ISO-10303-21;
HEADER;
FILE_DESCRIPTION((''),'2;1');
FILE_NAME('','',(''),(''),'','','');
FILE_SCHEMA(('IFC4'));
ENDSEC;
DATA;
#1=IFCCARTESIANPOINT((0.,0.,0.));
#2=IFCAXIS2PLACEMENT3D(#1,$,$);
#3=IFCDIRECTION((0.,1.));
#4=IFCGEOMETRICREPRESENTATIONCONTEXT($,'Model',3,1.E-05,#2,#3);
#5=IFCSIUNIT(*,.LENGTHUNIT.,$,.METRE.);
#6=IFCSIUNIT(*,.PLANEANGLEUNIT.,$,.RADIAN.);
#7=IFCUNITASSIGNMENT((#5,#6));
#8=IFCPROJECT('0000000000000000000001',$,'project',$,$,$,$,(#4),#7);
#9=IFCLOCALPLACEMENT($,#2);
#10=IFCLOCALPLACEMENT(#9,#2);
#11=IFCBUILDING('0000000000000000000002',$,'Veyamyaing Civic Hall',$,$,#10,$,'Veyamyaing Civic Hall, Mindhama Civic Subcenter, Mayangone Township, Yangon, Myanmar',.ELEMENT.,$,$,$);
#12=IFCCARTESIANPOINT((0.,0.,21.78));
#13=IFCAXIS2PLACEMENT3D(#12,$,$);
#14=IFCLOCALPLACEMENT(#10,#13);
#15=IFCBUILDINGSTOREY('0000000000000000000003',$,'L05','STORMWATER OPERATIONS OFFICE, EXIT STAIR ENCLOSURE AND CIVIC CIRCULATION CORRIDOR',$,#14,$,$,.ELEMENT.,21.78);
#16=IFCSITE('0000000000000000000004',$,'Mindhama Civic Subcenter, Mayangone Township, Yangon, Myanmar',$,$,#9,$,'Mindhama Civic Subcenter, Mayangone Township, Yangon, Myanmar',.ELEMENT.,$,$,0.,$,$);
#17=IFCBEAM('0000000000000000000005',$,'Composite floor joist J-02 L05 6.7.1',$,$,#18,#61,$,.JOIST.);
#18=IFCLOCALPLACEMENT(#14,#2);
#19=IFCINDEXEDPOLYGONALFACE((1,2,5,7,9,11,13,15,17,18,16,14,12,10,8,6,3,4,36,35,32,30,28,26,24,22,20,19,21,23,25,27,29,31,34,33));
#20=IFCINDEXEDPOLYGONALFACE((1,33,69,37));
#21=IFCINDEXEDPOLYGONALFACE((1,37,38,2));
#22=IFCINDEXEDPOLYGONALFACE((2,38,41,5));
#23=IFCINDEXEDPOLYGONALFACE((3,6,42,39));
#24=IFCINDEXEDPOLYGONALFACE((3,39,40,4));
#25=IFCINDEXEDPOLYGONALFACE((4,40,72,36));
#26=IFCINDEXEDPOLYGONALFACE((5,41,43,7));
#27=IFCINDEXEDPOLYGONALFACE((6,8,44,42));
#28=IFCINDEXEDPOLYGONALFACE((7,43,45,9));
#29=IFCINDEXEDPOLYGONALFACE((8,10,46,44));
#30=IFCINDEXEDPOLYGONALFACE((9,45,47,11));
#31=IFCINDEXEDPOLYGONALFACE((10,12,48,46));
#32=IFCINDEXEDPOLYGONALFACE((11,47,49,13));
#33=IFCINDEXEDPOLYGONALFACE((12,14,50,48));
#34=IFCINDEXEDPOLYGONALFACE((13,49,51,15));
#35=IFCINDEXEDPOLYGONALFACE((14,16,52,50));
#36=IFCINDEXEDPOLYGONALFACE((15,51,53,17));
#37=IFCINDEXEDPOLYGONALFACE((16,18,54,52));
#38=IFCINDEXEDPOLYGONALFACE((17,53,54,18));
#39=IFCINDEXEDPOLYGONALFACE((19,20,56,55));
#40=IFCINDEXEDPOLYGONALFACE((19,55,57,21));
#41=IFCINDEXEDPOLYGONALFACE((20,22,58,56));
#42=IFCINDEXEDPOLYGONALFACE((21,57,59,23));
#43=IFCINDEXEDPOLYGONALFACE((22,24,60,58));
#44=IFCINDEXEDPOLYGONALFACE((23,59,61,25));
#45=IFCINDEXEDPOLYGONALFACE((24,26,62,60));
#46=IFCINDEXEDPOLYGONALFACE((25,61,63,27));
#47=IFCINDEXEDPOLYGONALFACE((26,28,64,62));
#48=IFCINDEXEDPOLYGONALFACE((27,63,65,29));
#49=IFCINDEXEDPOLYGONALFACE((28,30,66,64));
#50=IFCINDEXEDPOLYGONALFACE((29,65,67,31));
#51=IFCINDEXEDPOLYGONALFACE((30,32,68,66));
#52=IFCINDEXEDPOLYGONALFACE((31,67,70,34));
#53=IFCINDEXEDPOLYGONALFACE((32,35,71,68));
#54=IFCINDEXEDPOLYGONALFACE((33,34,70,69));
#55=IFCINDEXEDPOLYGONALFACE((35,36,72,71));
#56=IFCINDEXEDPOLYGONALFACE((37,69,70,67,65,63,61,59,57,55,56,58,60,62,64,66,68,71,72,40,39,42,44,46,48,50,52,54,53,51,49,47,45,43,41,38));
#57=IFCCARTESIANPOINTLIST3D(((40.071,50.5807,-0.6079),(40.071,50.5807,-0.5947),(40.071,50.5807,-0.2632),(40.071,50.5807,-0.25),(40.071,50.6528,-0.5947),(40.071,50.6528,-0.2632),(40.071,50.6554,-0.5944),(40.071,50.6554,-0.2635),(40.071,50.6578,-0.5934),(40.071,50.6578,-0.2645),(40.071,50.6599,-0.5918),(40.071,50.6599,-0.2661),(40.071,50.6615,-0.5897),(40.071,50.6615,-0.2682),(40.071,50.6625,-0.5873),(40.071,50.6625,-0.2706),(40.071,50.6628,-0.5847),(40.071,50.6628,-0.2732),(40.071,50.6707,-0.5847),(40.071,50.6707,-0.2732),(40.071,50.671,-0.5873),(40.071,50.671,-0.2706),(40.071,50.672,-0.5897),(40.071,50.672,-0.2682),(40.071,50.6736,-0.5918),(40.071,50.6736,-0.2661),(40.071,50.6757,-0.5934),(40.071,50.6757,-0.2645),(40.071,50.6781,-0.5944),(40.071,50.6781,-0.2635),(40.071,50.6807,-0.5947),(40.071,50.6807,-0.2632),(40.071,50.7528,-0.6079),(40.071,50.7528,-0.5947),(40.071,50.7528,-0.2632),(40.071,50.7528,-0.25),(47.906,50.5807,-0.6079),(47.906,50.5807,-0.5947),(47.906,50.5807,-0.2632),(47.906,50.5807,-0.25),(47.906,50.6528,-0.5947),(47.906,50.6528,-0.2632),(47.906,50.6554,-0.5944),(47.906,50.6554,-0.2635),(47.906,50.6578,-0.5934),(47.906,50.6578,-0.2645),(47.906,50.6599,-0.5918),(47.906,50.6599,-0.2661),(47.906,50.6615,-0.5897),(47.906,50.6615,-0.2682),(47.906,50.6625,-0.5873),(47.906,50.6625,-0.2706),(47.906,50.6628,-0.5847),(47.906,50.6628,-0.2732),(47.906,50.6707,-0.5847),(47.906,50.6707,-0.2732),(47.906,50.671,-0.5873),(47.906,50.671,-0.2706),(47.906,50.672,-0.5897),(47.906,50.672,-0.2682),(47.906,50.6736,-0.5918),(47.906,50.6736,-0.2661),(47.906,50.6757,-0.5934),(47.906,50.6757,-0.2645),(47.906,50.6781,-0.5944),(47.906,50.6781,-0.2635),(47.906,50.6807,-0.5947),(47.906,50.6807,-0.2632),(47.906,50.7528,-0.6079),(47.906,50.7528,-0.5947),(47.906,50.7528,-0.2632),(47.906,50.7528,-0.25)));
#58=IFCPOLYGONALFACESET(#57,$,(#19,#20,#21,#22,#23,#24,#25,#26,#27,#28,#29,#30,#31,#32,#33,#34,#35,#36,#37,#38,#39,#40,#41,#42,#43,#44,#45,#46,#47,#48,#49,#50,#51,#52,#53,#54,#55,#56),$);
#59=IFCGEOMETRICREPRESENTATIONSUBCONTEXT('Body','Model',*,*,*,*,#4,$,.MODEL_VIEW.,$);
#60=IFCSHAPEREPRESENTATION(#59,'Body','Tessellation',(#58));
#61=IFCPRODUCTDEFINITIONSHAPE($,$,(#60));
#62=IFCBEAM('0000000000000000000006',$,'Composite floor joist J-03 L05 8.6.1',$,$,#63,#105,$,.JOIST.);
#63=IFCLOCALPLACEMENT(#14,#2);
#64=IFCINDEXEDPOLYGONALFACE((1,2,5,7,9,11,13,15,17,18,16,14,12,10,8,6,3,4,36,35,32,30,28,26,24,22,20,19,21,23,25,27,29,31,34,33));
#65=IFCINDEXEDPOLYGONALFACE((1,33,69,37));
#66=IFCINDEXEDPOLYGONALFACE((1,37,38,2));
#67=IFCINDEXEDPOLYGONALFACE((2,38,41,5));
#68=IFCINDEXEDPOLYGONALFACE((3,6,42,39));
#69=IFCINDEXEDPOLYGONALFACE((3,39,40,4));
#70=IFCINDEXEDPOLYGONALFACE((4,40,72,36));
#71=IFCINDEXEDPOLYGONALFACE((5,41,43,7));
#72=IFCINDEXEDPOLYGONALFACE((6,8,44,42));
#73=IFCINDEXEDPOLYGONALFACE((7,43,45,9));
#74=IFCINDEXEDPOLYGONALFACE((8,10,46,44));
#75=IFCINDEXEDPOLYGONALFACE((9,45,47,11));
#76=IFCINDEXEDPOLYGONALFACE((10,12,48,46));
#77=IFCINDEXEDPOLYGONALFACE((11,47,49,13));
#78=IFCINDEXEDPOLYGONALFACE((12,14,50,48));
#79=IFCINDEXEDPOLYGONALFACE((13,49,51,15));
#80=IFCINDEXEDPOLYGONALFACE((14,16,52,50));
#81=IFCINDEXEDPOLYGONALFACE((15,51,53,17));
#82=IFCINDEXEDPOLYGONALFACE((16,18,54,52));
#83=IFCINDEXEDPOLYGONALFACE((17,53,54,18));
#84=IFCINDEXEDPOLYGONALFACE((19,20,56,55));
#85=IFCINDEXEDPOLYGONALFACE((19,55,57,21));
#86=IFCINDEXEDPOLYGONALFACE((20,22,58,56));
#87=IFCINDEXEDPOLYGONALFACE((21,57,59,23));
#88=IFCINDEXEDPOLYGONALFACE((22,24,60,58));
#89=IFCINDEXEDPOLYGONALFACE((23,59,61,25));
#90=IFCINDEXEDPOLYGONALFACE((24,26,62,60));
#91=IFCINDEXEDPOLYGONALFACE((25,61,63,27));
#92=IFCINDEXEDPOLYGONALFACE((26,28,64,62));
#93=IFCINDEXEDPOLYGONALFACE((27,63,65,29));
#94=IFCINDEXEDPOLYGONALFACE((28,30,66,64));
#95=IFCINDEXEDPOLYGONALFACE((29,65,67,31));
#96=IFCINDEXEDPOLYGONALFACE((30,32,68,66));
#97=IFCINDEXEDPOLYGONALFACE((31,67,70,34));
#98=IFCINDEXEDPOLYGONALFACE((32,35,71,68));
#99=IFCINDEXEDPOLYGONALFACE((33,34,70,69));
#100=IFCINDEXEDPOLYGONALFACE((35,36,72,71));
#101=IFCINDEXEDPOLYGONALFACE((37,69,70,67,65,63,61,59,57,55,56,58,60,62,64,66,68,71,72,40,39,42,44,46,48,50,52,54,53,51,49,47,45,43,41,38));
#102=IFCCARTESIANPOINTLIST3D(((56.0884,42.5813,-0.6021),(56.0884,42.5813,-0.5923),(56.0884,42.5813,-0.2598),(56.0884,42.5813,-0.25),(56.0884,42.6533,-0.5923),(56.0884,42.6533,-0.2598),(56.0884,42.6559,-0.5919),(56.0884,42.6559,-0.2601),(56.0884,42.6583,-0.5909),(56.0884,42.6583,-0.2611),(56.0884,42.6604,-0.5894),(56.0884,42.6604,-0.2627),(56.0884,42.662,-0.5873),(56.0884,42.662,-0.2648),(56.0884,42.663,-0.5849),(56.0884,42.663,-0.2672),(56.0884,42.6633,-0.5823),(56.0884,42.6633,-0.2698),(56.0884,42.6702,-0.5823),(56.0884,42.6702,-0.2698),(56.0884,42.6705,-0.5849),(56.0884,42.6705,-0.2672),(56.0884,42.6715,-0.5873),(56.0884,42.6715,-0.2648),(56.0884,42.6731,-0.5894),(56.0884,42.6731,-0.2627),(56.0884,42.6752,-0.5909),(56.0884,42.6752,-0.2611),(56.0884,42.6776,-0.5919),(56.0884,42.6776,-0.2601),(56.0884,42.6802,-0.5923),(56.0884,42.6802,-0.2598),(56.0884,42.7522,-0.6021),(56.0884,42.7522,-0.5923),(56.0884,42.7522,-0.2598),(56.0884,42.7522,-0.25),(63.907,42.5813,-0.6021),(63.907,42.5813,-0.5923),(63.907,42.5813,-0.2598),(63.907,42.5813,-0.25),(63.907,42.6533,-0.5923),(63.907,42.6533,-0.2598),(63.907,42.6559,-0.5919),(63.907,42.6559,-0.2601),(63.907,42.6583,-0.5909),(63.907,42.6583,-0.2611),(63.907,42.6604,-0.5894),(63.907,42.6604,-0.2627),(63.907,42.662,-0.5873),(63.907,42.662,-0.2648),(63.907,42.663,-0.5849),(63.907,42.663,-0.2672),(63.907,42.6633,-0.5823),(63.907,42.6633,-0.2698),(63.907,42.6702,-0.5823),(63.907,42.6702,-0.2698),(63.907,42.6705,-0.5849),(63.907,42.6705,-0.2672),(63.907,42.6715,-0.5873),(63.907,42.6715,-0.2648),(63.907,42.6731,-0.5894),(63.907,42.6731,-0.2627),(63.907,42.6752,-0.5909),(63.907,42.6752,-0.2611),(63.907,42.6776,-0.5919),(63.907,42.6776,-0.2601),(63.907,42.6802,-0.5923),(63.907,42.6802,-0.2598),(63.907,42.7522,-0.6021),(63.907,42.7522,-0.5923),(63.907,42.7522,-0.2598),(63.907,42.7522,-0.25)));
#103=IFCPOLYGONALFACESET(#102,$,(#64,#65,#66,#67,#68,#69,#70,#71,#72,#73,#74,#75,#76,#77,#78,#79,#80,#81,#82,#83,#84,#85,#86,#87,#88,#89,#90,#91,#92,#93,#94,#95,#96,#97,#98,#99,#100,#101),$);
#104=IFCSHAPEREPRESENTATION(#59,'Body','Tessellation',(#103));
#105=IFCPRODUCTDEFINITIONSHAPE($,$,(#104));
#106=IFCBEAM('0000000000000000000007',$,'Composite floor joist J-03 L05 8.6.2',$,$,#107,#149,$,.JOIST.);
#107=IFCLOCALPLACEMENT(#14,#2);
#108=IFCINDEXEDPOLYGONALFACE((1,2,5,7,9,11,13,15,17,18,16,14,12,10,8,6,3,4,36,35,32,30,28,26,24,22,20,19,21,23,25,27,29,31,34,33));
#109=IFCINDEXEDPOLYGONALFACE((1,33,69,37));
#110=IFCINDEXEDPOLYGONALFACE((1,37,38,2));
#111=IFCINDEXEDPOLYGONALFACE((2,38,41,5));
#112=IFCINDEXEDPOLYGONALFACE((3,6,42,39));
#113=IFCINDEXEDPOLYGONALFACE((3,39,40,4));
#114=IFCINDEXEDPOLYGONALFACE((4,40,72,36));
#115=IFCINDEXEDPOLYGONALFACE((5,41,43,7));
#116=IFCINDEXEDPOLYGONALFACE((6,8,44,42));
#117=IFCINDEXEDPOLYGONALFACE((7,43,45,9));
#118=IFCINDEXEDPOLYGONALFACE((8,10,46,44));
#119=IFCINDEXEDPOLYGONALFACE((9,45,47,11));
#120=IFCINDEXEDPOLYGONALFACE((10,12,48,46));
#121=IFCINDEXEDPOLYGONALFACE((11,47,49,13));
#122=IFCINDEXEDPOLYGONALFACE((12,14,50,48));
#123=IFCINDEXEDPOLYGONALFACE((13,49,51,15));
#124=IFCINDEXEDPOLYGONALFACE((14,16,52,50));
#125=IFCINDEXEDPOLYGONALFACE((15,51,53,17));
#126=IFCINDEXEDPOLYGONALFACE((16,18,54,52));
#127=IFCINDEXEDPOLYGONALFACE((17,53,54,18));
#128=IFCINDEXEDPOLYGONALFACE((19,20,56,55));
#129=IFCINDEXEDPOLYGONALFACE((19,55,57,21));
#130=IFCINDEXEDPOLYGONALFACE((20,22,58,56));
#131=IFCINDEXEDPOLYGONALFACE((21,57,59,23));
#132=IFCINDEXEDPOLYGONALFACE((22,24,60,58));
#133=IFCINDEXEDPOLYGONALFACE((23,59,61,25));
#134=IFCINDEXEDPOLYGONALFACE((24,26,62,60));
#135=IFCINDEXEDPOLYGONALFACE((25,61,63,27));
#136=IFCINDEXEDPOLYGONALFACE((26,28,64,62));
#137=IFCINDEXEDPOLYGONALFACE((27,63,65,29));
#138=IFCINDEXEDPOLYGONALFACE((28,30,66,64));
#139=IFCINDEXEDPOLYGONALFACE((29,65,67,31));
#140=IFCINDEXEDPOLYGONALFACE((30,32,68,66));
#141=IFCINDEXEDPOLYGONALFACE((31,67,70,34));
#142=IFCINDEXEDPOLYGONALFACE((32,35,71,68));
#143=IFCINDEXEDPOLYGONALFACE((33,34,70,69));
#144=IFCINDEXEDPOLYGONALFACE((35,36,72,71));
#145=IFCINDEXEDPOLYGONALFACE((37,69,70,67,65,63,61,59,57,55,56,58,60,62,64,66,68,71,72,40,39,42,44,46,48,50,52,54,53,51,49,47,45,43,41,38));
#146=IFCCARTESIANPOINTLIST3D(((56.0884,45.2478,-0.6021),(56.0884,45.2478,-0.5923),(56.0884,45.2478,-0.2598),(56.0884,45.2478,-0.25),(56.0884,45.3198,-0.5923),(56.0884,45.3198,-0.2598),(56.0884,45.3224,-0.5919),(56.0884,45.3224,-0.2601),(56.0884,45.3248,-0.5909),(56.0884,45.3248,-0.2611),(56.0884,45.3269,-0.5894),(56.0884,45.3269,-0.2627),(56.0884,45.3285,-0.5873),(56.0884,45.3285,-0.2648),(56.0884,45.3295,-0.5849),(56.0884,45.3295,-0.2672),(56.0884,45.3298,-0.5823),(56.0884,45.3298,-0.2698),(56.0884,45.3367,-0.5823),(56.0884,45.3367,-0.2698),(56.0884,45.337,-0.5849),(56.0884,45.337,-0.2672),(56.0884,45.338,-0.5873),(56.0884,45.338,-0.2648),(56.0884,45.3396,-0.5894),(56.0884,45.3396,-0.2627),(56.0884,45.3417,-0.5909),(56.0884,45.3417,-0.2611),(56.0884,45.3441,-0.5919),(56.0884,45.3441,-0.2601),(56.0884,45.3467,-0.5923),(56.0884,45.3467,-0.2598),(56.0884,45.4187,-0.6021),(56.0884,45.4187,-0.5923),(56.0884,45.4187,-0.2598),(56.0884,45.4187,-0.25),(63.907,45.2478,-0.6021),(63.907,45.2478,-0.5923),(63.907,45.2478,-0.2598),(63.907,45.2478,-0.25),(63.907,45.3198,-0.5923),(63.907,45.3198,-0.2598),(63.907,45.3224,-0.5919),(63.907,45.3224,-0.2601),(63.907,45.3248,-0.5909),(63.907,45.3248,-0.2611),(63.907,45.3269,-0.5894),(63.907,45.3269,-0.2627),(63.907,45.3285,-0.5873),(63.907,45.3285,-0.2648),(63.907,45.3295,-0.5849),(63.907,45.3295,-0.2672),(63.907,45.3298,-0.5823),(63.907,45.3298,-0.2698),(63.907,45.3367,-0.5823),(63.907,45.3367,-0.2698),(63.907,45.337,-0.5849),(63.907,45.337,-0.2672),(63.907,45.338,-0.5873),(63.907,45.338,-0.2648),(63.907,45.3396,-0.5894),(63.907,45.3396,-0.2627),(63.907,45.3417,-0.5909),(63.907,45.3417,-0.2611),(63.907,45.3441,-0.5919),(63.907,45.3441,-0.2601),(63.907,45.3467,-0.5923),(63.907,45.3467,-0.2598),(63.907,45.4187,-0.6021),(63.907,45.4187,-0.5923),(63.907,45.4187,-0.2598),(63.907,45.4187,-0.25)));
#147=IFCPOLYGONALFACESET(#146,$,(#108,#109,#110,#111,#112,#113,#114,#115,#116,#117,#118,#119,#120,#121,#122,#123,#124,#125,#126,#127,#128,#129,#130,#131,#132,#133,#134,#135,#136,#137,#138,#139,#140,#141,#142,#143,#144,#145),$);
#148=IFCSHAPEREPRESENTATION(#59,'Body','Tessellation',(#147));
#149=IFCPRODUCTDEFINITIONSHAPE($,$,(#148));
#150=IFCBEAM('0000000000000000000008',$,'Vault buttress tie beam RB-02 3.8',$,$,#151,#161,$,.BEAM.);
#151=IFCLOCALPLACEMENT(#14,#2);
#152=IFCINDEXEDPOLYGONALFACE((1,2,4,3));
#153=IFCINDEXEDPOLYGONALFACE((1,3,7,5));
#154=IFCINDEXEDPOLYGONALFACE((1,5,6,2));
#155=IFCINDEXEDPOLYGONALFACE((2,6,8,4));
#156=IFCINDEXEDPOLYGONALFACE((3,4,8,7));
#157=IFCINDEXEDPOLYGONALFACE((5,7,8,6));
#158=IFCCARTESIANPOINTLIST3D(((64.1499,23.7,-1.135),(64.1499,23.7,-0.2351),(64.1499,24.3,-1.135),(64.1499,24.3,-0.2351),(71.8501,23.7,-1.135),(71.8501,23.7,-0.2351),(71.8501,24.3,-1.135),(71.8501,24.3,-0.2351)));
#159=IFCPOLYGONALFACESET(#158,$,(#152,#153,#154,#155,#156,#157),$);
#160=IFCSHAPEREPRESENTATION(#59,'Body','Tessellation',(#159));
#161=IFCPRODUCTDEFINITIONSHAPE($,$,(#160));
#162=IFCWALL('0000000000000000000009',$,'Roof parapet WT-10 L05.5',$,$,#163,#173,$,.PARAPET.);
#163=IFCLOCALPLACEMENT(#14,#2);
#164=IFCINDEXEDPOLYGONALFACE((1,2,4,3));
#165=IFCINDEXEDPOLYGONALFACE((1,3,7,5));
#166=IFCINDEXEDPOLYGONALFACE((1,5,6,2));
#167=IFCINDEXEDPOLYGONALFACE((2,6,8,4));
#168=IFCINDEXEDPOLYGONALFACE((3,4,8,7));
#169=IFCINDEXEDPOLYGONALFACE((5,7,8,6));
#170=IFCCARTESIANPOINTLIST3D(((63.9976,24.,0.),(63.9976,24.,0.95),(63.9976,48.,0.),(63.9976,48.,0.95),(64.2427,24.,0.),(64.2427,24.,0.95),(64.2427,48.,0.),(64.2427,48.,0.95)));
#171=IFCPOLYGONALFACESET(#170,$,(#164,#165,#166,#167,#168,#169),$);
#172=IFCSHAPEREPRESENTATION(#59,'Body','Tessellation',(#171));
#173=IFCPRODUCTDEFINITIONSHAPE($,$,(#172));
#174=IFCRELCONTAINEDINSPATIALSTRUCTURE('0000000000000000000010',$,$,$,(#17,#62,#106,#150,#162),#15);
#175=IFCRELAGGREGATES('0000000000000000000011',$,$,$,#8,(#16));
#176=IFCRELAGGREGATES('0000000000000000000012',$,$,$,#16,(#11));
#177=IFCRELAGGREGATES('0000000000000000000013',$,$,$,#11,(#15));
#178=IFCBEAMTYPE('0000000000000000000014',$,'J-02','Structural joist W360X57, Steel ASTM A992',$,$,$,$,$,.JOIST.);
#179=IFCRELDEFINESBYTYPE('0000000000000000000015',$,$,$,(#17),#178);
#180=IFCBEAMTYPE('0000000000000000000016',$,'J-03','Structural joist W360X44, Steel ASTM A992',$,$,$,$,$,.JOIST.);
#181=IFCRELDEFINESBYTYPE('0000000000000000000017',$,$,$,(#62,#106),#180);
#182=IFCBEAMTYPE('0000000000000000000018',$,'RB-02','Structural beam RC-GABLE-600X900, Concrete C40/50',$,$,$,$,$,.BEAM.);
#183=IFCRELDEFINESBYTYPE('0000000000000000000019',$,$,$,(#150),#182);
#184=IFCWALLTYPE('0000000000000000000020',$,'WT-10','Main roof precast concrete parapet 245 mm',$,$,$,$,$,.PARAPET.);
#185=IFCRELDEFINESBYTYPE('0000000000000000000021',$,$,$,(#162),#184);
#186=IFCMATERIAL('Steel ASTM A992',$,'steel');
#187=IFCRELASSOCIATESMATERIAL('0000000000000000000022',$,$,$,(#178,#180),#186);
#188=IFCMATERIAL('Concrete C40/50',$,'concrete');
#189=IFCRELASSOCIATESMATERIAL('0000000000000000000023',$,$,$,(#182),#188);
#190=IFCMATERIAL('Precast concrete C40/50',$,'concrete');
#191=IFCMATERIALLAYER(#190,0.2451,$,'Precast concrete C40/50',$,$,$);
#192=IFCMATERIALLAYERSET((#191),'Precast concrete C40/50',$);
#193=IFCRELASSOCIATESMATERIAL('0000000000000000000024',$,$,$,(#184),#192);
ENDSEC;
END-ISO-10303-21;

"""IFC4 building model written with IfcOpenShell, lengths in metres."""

from ifc_helpers import new_model, si_unit, direction, frame, frame_2d, origin, origin_2d, place, context, subcontext, project, spatial, rectangle, i_section, extrude, material, layer, layer_set, material_profile, profile_set, type_object, element, save


model = new_model("IFC4")

# Units and contexts
model_context = context("Model", 3, precision=1e-05, world=origin(), true_north=direction((0.0, 1.0)))
body_context = subcontext(model_context, "Body", "Model", "MODEL_VIEW")
ifc_project = project(units=[si_unit("LENGTHUNIT", "METRE"), si_unit("PLANEANGLEUNIT", "RADIAN")], contexts=[model_context])

# Site, building, storey
site_placement = place(None, origin())
site = spatial("IfcSite", under=ifc_project, at=site_placement, Name="Mindhama Civic Subcenter, Mayangone Township, Yangon, Myanmar", LongName="Mindhama Civic Subcenter, Mayangone Township, Yangon, Myanmar", CompositionType="ELEMENT", RefElevation=0.0)
building_placement = place(site_placement, origin())
building = spatial("IfcBuilding", under=site, at=building_placement, Name="Veyamyaing Civic Hall", LongName="Veyamyaing Civic Hall, Mindhama Civic Subcenter, Mayangone Township, Yangon, Myanmar", CompositionType="ELEMENT")
storey_placement = place(building_placement, frame((0.0, 0.0, 21.78)))
storey = spatial("IfcBuildingStorey", under=building, at=storey_placement, Name="L05", Description="STORMWATER OPERATIONS OFFICE, EXIT STAIR ENCLOSURE AND CIVIC CIRCULATION CORRIDOR", CompositionType="ELEMENT", Elevation=21.78)

# Beams
ifc_material_1 = material(Name="Steel ASTM A992", Category="steel")
ifc_material_profile_1 = material_profile(ifc_material_1, i_section(OverallWidth=0.1721, OverallDepth=0.3579, WebThickness=0.0078, FlangeThickness=0.0132, FilletRadius=0.01, at=origin_2d()), Name="W360X57")
ifc_profile_set_1 = profile_set([ifc_material_profile_1], Name="Steel ASTM A992")
beam_type_1 = type_object("IfcBeamType", Name="J-02", Description="Structural joist W360X57, Steel ASTM A992", PredefinedType="JOIST", material=ifc_profile_set_1)
beam_1_placement = place(storey_placement, frame((40.071, 50.6667, -0.429), z_axis=(1.0, 0.0, 0.0), x_axis=(0.0, 1.0, 0.0)))
element("IfcBeam", 1, at=beam_1_placement, inside=storey, type_object=beam_type_1, Name="Composite floor joist J-02 L05 6.7.1", PredefinedType="JOIST", context=body_context, shape_type="SweptSolid", body=[
    extrude(i_section(OverallWidth=0.1721, OverallDepth=0.3579, WebThickness=0.0078, FlangeThickness=0.0132, FilletRadius=0.01, at=origin_2d()), origin(), (0.0, 0.0, 1.0), 7.835),
])
ifc_material_profile_2 = material_profile(ifc_material_1, i_section(OverallWidth=0.1709, OverallDepth=0.3521, WebThickness=0.0068, FlangeThickness=0.0098, FilletRadius=0.01, at=origin_2d()), Name="W360X44")
ifc_profile_set_2 = profile_set([ifc_material_profile_2], Name="Steel ASTM A992")
beam_type_2 = type_object("IfcBeamType", Name="J-03", Description="Structural joist W360X44, Steel ASTM A992", PredefinedType="JOIST", material=ifc_profile_set_2)
for number, where, z_axis, x_axis, name in (
    (2, (56.0884, 42.6667, -0.426), (1.0, 0.0, 0.0), (0.0, 1.0, 0.0), "Composite floor joist J-03 L05 8.6.1"),
    (3, (56.0884, 45.3333, -0.426), (1.0, 0.0, 0.0), (0.0, 1.0, 0.0), "Composite floor joist J-03 L05 8.6.2"),
):
    element("IfcBeam", number, at=place(storey_placement, frame(where, z_axis=z_axis, x_axis=x_axis)), inside=storey, type_object=beam_type_2, Name=name, PredefinedType="JOIST", context=body_context, shape_type="SweptSolid", body=[
        extrude(i_section(OverallWidth=0.1709, OverallDepth=0.3521, WebThickness=0.0068, FlangeThickness=0.0098, FilletRadius=0.01, at=origin_2d()), origin(), (0.0, 0.0, 1.0), 7.8186),
    ])
ifc_material_2 = material(Name="Concrete C40/50", Category="concrete")
ifc_material_profile_3 = material_profile(ifc_material_2, rectangle(XDim=0.6001, YDim=0.8999, at=origin_2d()), Name="RC-GABLE-600X900")
ifc_profile_set_3 = profile_set([ifc_material_profile_3], Name="Concrete C40/50")
beam_type_3 = type_object("IfcBeamType", Name="RB-02", Description="Structural beam RC-GABLE-600X900, Concrete C40/50", PredefinedType="BEAM", material=ifc_profile_set_3)
beam_2_placement = place(storey_placement, frame((64.1499, 24.0, -0.6851), z_axis=(1.0, 0.0, 0.0), x_axis=(0.0, 1.0, 0.0)))
element("IfcBeam", 4, at=beam_2_placement, inside=storey, type_object=beam_type_3, Name="Vault buttress tie beam RB-02 3.8", PredefinedType="BEAM", context=body_context, shape_type="SweptSolid", body=[
    extrude(rectangle(XDim=0.6001, YDim=0.8999, at=origin_2d()), origin(), (0.0, 0.0, 1.0), 7.7002),
])

# Wall
ifc_material_3 = material(Name="Precast concrete C40/50", Category="concrete")
ifc_layer = layer(ifc_material_3, 0.2451, Name="Precast concrete C40/50")
ifc_layer_set = layer_set([ifc_layer], Name="Precast concrete C40/50")
wall_type = type_object("IfcWallType", Name="WT-10", Description="Main roof precast concrete parapet 245 mm", PredefinedType="PARAPET", material=ifc_layer_set)
wall_placement = place(storey_placement, frame((64.1201, 24.0, 0.0), z_axis=(0.0, 0.0, 1.0), x_axis=(0.0, 1.0, 0.0)))
element("IfcWall", 5, at=wall_placement, inside=storey, type_object=wall_type, Name="Roof parapet WT-10 L05.5", PredefinedType="PARAPET", context=body_context, shape_type="SweptSolid", body=[
    extrude(rectangle(XDim=24.0, YDim=0.2451, at=frame_2d((12.0, 0.0))), origin(), (0.0, 0.0, 1.0), 0.95),
])

save(model, "model.ifc")
